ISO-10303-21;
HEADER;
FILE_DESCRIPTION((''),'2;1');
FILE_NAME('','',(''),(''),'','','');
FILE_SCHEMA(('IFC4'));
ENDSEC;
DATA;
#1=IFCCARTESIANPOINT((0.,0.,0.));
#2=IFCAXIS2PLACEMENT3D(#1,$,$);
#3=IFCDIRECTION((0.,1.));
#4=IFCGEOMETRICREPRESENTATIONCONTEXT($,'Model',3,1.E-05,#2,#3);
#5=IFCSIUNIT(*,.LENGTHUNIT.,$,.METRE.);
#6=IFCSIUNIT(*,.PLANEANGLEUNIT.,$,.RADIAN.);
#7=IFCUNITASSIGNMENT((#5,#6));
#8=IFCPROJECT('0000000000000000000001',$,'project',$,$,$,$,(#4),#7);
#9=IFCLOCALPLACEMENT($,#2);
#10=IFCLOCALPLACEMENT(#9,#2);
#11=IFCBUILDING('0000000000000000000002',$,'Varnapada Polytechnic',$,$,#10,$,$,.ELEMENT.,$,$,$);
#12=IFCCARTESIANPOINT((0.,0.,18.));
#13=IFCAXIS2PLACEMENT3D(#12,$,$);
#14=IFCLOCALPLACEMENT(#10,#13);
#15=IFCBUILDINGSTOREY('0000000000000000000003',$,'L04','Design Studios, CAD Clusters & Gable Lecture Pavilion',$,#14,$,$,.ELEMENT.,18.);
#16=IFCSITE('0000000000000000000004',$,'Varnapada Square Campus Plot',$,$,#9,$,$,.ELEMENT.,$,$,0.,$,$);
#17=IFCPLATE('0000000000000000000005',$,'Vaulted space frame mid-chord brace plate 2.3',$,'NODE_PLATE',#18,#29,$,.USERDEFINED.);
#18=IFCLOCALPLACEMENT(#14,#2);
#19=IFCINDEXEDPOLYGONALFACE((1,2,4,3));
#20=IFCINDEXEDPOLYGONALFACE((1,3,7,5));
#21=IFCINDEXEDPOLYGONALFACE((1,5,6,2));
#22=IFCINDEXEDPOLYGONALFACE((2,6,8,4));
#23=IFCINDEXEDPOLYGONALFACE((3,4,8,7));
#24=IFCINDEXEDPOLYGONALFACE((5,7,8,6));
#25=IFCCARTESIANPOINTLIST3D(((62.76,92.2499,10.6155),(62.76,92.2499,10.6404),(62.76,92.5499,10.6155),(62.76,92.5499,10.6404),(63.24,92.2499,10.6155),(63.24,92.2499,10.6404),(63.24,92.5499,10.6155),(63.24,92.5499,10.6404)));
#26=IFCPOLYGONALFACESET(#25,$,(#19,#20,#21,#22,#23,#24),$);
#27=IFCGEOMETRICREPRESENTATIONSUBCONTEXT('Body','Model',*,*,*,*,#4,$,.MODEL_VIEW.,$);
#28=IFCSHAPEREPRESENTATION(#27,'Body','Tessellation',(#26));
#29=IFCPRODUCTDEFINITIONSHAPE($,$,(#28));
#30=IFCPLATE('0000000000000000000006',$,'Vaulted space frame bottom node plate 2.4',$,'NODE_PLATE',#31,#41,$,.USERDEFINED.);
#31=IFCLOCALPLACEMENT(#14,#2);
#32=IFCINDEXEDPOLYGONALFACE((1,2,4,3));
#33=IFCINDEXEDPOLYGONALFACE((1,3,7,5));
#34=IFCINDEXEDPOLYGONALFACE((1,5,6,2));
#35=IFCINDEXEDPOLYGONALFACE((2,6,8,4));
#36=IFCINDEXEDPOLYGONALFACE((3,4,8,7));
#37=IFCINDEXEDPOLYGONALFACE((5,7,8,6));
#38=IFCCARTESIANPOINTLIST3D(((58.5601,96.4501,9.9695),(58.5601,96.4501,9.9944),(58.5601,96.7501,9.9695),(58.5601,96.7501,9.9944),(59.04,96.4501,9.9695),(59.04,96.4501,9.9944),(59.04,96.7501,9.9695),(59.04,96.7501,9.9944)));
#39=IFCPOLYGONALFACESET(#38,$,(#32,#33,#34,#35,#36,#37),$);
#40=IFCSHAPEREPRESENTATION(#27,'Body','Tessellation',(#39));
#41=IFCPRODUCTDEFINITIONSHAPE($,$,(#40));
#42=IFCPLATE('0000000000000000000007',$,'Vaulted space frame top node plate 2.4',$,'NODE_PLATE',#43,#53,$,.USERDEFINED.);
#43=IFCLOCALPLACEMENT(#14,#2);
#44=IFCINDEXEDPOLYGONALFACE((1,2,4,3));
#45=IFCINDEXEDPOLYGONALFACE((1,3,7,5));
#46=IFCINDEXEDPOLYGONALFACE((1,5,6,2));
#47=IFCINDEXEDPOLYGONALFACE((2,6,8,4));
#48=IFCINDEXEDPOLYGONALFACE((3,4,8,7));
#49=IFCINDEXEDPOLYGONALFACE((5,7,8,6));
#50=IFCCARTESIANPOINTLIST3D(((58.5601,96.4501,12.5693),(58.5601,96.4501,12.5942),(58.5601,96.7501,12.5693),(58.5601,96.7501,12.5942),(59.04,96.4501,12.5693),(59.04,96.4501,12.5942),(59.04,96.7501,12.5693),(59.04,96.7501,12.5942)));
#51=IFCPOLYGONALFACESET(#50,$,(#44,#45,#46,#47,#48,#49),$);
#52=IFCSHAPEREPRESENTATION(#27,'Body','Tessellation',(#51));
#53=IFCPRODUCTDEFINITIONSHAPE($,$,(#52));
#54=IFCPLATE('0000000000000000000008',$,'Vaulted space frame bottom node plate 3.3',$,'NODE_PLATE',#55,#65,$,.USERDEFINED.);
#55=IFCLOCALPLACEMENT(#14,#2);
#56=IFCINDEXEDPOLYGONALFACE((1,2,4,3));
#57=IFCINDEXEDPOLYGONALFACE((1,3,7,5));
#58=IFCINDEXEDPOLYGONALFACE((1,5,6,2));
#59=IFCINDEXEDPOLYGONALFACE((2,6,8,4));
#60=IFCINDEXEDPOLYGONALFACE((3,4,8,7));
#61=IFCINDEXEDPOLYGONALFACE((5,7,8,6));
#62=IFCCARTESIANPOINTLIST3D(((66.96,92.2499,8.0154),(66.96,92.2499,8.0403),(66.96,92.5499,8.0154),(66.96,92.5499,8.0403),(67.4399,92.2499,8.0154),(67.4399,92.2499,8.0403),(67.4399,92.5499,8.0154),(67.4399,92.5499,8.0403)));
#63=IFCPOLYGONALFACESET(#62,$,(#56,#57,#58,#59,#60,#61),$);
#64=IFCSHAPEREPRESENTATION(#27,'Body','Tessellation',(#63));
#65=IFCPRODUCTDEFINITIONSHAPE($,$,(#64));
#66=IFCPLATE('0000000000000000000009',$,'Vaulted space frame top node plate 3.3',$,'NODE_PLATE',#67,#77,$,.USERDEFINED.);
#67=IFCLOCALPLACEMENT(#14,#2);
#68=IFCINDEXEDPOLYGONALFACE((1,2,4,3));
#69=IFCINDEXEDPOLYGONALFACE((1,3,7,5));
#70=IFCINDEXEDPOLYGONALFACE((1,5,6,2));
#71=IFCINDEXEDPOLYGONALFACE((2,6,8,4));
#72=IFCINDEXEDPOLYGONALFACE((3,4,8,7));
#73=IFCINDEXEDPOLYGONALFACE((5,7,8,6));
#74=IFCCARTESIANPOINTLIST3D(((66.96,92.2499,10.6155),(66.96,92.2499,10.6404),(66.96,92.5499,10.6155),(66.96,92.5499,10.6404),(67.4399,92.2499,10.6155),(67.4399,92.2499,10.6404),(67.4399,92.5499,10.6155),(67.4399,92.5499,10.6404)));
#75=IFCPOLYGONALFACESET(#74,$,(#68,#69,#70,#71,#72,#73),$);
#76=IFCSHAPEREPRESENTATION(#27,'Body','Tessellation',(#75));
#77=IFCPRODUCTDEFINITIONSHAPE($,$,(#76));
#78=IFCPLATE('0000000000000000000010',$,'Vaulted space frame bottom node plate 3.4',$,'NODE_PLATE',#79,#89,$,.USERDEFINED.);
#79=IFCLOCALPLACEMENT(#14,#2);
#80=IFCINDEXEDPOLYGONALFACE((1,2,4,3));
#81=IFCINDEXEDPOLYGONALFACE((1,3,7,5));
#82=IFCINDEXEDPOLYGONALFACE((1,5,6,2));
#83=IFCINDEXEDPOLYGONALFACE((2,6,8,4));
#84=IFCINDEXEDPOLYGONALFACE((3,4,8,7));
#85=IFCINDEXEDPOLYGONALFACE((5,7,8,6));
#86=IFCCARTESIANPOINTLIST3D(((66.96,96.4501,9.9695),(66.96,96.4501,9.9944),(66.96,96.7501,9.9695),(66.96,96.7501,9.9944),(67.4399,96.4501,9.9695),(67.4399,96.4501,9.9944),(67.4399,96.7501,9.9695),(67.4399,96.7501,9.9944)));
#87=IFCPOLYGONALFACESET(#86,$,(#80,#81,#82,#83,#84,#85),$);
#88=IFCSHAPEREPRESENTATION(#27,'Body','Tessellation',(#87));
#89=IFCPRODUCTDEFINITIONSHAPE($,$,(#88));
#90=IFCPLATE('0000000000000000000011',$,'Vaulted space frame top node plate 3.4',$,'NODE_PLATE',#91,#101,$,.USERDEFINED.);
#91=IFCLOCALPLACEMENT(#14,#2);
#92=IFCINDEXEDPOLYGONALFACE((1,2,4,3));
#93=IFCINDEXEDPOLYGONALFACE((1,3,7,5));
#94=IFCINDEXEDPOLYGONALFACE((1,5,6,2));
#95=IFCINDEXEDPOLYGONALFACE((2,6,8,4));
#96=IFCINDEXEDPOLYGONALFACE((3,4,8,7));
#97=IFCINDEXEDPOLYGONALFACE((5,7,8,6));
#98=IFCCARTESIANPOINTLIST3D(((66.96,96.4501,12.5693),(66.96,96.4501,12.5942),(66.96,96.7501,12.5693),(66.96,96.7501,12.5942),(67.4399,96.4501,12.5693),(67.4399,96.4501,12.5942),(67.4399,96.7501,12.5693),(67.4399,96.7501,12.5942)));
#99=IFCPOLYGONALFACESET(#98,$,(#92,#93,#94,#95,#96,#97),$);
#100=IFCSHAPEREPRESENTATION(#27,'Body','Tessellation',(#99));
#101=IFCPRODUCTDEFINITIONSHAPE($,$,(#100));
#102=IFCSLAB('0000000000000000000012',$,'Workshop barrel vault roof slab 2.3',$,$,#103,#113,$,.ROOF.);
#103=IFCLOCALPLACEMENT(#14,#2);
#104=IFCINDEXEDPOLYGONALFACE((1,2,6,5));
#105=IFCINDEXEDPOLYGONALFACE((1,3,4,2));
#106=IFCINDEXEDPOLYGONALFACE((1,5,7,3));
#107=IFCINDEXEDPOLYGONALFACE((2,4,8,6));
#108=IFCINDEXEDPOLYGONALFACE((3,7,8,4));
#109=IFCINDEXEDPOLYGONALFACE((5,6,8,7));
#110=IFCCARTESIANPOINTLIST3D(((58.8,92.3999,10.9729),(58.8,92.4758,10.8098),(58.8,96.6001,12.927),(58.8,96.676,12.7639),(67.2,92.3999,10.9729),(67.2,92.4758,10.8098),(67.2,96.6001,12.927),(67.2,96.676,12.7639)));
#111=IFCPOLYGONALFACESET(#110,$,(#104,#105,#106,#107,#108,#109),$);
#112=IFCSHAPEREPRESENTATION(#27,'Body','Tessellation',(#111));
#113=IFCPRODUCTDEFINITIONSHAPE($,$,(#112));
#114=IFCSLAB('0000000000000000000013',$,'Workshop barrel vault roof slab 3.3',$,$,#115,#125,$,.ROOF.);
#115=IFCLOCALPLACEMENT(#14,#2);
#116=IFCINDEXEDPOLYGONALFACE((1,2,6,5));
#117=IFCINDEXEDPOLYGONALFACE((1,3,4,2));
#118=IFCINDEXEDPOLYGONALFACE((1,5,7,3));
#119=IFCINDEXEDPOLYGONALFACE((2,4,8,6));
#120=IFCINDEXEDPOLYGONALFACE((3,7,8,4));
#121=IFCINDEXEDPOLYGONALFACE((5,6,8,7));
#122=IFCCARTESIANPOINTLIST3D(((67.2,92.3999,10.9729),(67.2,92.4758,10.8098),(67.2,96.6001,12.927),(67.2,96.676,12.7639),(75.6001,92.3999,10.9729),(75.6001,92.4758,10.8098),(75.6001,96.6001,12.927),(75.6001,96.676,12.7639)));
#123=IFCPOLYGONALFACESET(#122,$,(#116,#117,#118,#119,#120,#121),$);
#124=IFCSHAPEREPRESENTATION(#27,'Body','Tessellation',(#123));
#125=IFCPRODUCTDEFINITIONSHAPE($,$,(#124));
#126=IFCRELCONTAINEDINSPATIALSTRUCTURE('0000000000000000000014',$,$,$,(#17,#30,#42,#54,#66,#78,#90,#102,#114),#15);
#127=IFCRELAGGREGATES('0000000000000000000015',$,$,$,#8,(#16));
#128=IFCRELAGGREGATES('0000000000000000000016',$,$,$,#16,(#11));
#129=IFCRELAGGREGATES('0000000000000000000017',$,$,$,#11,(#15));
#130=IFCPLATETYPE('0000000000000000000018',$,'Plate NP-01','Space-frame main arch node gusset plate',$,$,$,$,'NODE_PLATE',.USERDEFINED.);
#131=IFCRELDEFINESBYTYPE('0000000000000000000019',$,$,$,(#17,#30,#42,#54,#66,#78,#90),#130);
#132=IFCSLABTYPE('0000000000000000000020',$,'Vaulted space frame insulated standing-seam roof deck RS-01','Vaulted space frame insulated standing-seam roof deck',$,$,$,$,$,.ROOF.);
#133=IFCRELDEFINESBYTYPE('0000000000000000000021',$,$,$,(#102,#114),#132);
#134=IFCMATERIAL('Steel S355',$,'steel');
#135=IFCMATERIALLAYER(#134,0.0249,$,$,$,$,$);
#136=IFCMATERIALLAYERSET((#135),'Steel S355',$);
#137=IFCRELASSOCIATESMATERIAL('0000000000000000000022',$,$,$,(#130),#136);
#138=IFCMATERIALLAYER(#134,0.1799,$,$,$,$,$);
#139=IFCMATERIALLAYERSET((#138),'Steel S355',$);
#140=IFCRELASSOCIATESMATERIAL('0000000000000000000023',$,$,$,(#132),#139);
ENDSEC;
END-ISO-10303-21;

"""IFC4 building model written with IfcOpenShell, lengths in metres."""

from ifc_helpers import new_model, si_unit, direction, frame, origin, origin_2d, place, context, subcontext, project, spatial, polyline, rectangle, outline, extrude, material, layer, layer_set, type_object, element, save


model = new_model("IFC4")

# Units and contexts
model_context = context("Model", 3, precision=1e-05, world=origin(), true_north=direction((0.0, 1.0)))
body_context = subcontext(model_context, "Body", "Model", "MODEL_VIEW")
ifc_project = project(units=[si_unit("LENGTHUNIT", "METRE"), si_unit("PLANEANGLEUNIT", "RADIAN")], contexts=[model_context])

# Site, building, storey
site_placement = place(None, origin())
site = spatial("IfcSite", under=ifc_project, at=site_placement, Name="Varnapada Square Campus Plot", CompositionType="ELEMENT", RefElevation=0.0)
building_placement = place(site_placement, origin())
building = spatial("IfcBuilding", under=site, at=building_placement, Name="Varnapada Polytechnic", CompositionType="ELEMENT")
storey_placement = place(building_placement, frame((0.0, 0.0, 18.0)))
storey = spatial("IfcBuildingStorey", under=building, at=storey_placement, Name="L04", Description="Design Studios, CAD Clusters & Gable Lecture Pavilion", CompositionType="ELEMENT", Elevation=18.0)

# Shared definitions
ifc_material = material(Name="Steel S355", Category="steel")

# Plates
ifc_layer_1 = layer(ifc_material, 0.0249)
ifc_layer_set_1 = layer_set([ifc_layer_1], Name="Steel S355")
plate_type = type_object("IfcPlateType", Name="Plate NP-01", Description="Space-frame main arch node gusset plate", ElementType="NODE_PLATE", PredefinedType="USERDEFINED", material=ifc_layer_set_1)
for number, where, z_axis, x_axis, name in (
    (1, (63.0, 92.3999, 10.6155), (0.0, 0.0, 1.0), (1.0, 0.0, 0.0), "Vaulted space frame mid-chord brace plate 2.3"),
    (2, (58.8, 96.6001, 9.9695), (0.0, 0.0, 1.0), (1.0, 0.0, 0.0), "Vaulted space frame bottom node plate 2.4"),
    (3, (58.8, 96.6001, 12.5693), (0.0, 0.0, 1.0), (1.0, 0.0, 0.0), "Vaulted space frame top node plate 2.4"),
    (4, (67.2, 92.3999, 8.0154), (0.0, 0.0, 1.0), (1.0, 0.0, 0.0), "Vaulted space frame bottom node plate 3.3"),
    (5, (67.2, 92.3999, 10.6155), (0.0, 0.0, 1.0), (1.0, 0.0, 0.0), "Vaulted space frame top node plate 3.3"),
    (6, (67.2, 96.6001, 9.9695), (0.0, 0.0, 1.0), (1.0, 0.0, 0.0), "Vaulted space frame bottom node plate 3.4"),
    (7, (67.2, 96.6001, 12.5693), (0.0, 0.0, 1.0), (1.0, 0.0, 0.0), "Vaulted space frame top node plate 3.4"),
):
    element("IfcPlate", number, at=place(storey_placement, frame(where, z_axis=z_axis, x_axis=x_axis)), inside=storey, type_object=plate_type, Name=name, ObjectType="NODE_PLATE", PredefinedType="USERDEFINED", context=body_context, shape_type="SweptSolid", body=[
        extrude(rectangle(XDim=0.48, YDim=0.3, at=origin_2d()), origin(), (0.0, 0.0, 1.0), 0.0249),
    ])

# Slabs
ifc_layer_2 = layer(ifc_material, 0.1799)
ifc_layer_set_2 = layer_set([ifc_layer_2], Name="Steel S355")
slab_type = type_object("IfcSlabType", Name="Vaulted space frame insulated standing-seam roof deck RS-01", Description="Vaulted space frame insulated standing-seam roof deck", PredefinedType="ROOF", material=ifc_layer_set_2)
slab_1_placement = place(storey_placement, frame((58.8, 92.3999, 10.9729), z_axis=(0.0, -0.421823, 0.906678), x_axis=(1.0, 0.0, 0.0)))
element("IfcSlab", 8, at=slab_1_placement, inside=storey, type_object=slab_type, Name="Workshop barrel vault roof slab 2.3", PredefinedType="ROOF", context=body_context, shape_type="SweptSolid", body=[
    extrude(outline(polyline([(0.0, 0.0), (8.3999, 0.0), (8.3999, 4.6325), (0.0, 4.6325), (0.0, 0.0)])), origin(), (0.0, 0.0, -1.0), 0.1799),
])
slab_2_placement = place(storey_placement, frame((67.2, 92.3999, 10.9729), z_axis=(0.0, -0.421823, 0.906678), x_axis=(1.0, 0.0, 0.0)))
element("IfcSlab", 9, at=slab_2_placement, inside=storey, type_object=slab_type, Name="Workshop barrel vault roof slab 3.3", PredefinedType="ROOF", context=body_context, shape_type="SweptSolid", body=[
    extrude(outline(polyline([(0.0, 0.0), (8.4001, 0.0), (8.4001, 4.6325), (0.0, 4.6325), (0.0, 0.0)])), origin(), (0.0, 0.0, -1.0), 0.1799),
])

save(model, "model.ifc")
